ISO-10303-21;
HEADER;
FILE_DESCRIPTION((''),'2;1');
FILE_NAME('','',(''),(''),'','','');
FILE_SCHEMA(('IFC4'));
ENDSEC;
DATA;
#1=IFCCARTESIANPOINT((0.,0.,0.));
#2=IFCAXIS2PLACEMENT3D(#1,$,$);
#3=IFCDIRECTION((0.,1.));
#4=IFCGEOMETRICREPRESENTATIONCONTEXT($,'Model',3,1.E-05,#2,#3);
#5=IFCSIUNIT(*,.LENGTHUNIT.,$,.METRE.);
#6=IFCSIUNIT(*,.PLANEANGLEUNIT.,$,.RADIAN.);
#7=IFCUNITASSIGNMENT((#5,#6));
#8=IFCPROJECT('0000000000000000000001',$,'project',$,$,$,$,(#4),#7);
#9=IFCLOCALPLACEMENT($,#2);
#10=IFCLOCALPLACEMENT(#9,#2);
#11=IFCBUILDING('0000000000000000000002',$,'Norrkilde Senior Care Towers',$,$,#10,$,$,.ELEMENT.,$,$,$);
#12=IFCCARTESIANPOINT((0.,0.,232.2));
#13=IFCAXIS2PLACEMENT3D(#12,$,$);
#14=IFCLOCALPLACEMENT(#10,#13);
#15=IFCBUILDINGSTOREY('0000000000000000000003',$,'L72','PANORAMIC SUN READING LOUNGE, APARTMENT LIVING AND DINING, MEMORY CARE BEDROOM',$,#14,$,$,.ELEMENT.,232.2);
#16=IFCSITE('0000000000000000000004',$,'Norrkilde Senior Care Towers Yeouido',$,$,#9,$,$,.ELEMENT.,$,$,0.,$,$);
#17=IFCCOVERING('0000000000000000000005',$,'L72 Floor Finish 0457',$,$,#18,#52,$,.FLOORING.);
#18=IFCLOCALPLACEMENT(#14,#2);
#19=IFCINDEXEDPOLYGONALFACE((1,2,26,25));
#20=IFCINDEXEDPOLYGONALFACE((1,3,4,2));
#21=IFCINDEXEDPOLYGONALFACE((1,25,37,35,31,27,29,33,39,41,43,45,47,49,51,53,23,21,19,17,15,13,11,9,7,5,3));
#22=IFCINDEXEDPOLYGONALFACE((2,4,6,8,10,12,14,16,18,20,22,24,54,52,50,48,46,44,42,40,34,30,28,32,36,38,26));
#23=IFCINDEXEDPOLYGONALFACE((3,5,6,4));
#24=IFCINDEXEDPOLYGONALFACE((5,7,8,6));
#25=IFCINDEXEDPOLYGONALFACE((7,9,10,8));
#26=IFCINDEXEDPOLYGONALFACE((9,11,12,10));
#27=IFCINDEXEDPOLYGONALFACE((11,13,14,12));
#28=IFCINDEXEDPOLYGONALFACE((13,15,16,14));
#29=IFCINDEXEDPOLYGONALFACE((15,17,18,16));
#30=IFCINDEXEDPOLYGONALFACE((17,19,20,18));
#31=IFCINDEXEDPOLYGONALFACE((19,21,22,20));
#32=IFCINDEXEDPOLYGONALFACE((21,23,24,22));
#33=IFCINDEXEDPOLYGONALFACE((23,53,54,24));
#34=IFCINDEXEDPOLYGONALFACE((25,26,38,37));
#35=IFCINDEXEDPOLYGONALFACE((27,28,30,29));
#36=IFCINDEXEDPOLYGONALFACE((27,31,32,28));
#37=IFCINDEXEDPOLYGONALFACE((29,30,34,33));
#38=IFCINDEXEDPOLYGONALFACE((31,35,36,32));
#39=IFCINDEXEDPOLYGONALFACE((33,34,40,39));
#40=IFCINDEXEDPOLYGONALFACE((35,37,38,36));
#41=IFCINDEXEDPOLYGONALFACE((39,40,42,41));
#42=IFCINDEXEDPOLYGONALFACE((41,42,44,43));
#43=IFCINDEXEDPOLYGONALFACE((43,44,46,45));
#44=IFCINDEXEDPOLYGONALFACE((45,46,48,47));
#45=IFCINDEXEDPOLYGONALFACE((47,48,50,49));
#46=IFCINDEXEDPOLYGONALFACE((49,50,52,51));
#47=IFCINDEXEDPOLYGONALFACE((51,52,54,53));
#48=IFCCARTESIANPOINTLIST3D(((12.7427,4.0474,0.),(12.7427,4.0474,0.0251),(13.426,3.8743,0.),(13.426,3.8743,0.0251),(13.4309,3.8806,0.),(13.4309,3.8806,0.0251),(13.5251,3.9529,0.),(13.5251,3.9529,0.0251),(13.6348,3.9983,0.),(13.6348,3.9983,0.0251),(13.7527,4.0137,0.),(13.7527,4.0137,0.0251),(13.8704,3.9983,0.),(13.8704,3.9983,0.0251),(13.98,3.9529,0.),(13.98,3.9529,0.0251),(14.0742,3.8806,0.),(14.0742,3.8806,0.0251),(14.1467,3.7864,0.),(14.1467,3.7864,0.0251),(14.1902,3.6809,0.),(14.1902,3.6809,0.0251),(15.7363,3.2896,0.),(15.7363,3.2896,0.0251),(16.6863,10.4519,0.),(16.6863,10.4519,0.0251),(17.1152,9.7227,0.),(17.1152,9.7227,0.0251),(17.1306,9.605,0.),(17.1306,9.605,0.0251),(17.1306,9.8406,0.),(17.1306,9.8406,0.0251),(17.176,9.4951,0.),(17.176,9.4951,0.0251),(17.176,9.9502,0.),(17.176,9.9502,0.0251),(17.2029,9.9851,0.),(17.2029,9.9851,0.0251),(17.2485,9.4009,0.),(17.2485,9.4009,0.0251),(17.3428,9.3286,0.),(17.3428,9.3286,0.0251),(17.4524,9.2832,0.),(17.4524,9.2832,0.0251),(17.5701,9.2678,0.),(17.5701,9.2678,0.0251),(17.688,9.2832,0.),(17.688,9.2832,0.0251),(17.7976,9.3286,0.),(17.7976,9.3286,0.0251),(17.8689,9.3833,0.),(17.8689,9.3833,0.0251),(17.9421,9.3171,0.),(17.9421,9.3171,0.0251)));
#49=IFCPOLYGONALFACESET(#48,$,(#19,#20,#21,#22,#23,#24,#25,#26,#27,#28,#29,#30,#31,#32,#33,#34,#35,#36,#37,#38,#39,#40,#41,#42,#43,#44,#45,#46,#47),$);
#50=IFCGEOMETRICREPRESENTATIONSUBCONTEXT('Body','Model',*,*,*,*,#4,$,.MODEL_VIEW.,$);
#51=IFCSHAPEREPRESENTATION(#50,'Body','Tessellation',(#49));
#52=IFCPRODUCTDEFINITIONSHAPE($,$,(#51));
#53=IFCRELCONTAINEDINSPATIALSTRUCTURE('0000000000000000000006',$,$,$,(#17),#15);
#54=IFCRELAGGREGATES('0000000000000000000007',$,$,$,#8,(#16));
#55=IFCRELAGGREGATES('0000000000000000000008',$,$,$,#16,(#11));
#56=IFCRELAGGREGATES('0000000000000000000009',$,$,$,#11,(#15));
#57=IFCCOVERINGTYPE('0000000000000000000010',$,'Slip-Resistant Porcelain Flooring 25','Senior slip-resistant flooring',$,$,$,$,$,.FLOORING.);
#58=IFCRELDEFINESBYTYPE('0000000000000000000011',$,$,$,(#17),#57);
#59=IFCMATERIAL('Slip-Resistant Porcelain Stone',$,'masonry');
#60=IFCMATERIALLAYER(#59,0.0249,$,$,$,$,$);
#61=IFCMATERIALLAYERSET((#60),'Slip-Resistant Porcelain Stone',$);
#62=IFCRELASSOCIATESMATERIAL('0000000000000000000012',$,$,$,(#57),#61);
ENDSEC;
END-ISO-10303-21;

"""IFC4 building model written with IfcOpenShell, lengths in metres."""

from ifc_helpers import new_model, si_unit, direction, frame, origin, place, context, subcontext, project, spatial, polyline, outline, extrude, material, layer, layer_set, type_object, element, save


model = new_model("IFC4")

# Units and contexts
model_context = context("Model", 3, precision=1e-05, world=origin(), true_north=direction((0.0, 1.0)))
body_context = subcontext(model_context, "Body", "Model", "MODEL_VIEW")
ifc_project = project(units=[si_unit("LENGTHUNIT", "METRE"), si_unit("PLANEANGLEUNIT", "RADIAN")], contexts=[model_context])

# Site, building, storey
site_placement = place(None, origin())
site = spatial("IfcSite", under=ifc_project, at=site_placement, Name="Norrkilde Senior Care Towers Yeouido", CompositionType="ELEMENT", RefElevation=0.0)
building_placement = place(site_placement, origin())
building = spatial("IfcBuilding", under=site, at=building_placement, Name="Norrkilde Senior Care Towers", CompositionType="ELEMENT")
storey_placement = place(building_placement, frame((0.0, 0.0, 232.2)))
storey = spatial("IfcBuildingStorey", under=building, at=storey_placement, Name="L72", Description="PANORAMIC SUN READING LOUNGE, APARTMENT LIVING AND DINING, MEMORY CARE BEDROOM", CompositionType="ELEMENT", Elevation=232.2)

# Covering
ifc_material_1 = material(Name="Slip-Resistant Porcelain Stone", Category="masonry")
ifc_layer_1 = layer(ifc_material_1, 0.0249)
ifc_layer_set_1 = layer_set([ifc_layer_1], Name="Slip-Resistant Porcelain Stone")
covering_type_1 = type_object("IfcCoveringType", Name="Slip-Resistant Porcelain Flooring 25", Description="Senior slip-resistant flooring", PredefinedType="FLOORING", material=ifc_layer_set_1)
covering_1_placement = place(storey_placement, origin())
element("IfcCovering", 1, at=covering_1_placement, inside=storey, type_object=covering_type_1, Name="L72 Floor Finish 0457", PredefinedType="FLOORING", context=body_context, shape_type="SweptSolid", body=[
    extrude(outline(polyline([(14.1902, 3.6809), (14.1467, 3.7864), (14.0742, 3.8806), (13.98, 3.9529), (13.8704, 3.9983), (13.7527, 4.0137), (13.6348, 3.9983), (13.5251, 3.9529), (13.4309, 3.8806), (13.426, 3.8743), (12.7427, 4.0474), (16.6863, 10.4519), (17.2029, 9.9851), (17.176, 9.9502), (17.1306, 9.8406), (17.1152, 9.7227), (17.1306, 9.605), (17.176, 9.4951), (17.2485, 9.4009), (17.3428, 9.3286), (17.4524, 9.2832), (17.5701, 9.2678), (17.688, 9.2832), (17.7976, 9.3286), (17.8689, 9.3833), (17.9421, 9.3171), (15.7363, 3.2896), (14.1902, 3.6809)])), origin(), (0.0, 0.0, 1.0), 0.0251),
])

save(model, "model.ifc")
